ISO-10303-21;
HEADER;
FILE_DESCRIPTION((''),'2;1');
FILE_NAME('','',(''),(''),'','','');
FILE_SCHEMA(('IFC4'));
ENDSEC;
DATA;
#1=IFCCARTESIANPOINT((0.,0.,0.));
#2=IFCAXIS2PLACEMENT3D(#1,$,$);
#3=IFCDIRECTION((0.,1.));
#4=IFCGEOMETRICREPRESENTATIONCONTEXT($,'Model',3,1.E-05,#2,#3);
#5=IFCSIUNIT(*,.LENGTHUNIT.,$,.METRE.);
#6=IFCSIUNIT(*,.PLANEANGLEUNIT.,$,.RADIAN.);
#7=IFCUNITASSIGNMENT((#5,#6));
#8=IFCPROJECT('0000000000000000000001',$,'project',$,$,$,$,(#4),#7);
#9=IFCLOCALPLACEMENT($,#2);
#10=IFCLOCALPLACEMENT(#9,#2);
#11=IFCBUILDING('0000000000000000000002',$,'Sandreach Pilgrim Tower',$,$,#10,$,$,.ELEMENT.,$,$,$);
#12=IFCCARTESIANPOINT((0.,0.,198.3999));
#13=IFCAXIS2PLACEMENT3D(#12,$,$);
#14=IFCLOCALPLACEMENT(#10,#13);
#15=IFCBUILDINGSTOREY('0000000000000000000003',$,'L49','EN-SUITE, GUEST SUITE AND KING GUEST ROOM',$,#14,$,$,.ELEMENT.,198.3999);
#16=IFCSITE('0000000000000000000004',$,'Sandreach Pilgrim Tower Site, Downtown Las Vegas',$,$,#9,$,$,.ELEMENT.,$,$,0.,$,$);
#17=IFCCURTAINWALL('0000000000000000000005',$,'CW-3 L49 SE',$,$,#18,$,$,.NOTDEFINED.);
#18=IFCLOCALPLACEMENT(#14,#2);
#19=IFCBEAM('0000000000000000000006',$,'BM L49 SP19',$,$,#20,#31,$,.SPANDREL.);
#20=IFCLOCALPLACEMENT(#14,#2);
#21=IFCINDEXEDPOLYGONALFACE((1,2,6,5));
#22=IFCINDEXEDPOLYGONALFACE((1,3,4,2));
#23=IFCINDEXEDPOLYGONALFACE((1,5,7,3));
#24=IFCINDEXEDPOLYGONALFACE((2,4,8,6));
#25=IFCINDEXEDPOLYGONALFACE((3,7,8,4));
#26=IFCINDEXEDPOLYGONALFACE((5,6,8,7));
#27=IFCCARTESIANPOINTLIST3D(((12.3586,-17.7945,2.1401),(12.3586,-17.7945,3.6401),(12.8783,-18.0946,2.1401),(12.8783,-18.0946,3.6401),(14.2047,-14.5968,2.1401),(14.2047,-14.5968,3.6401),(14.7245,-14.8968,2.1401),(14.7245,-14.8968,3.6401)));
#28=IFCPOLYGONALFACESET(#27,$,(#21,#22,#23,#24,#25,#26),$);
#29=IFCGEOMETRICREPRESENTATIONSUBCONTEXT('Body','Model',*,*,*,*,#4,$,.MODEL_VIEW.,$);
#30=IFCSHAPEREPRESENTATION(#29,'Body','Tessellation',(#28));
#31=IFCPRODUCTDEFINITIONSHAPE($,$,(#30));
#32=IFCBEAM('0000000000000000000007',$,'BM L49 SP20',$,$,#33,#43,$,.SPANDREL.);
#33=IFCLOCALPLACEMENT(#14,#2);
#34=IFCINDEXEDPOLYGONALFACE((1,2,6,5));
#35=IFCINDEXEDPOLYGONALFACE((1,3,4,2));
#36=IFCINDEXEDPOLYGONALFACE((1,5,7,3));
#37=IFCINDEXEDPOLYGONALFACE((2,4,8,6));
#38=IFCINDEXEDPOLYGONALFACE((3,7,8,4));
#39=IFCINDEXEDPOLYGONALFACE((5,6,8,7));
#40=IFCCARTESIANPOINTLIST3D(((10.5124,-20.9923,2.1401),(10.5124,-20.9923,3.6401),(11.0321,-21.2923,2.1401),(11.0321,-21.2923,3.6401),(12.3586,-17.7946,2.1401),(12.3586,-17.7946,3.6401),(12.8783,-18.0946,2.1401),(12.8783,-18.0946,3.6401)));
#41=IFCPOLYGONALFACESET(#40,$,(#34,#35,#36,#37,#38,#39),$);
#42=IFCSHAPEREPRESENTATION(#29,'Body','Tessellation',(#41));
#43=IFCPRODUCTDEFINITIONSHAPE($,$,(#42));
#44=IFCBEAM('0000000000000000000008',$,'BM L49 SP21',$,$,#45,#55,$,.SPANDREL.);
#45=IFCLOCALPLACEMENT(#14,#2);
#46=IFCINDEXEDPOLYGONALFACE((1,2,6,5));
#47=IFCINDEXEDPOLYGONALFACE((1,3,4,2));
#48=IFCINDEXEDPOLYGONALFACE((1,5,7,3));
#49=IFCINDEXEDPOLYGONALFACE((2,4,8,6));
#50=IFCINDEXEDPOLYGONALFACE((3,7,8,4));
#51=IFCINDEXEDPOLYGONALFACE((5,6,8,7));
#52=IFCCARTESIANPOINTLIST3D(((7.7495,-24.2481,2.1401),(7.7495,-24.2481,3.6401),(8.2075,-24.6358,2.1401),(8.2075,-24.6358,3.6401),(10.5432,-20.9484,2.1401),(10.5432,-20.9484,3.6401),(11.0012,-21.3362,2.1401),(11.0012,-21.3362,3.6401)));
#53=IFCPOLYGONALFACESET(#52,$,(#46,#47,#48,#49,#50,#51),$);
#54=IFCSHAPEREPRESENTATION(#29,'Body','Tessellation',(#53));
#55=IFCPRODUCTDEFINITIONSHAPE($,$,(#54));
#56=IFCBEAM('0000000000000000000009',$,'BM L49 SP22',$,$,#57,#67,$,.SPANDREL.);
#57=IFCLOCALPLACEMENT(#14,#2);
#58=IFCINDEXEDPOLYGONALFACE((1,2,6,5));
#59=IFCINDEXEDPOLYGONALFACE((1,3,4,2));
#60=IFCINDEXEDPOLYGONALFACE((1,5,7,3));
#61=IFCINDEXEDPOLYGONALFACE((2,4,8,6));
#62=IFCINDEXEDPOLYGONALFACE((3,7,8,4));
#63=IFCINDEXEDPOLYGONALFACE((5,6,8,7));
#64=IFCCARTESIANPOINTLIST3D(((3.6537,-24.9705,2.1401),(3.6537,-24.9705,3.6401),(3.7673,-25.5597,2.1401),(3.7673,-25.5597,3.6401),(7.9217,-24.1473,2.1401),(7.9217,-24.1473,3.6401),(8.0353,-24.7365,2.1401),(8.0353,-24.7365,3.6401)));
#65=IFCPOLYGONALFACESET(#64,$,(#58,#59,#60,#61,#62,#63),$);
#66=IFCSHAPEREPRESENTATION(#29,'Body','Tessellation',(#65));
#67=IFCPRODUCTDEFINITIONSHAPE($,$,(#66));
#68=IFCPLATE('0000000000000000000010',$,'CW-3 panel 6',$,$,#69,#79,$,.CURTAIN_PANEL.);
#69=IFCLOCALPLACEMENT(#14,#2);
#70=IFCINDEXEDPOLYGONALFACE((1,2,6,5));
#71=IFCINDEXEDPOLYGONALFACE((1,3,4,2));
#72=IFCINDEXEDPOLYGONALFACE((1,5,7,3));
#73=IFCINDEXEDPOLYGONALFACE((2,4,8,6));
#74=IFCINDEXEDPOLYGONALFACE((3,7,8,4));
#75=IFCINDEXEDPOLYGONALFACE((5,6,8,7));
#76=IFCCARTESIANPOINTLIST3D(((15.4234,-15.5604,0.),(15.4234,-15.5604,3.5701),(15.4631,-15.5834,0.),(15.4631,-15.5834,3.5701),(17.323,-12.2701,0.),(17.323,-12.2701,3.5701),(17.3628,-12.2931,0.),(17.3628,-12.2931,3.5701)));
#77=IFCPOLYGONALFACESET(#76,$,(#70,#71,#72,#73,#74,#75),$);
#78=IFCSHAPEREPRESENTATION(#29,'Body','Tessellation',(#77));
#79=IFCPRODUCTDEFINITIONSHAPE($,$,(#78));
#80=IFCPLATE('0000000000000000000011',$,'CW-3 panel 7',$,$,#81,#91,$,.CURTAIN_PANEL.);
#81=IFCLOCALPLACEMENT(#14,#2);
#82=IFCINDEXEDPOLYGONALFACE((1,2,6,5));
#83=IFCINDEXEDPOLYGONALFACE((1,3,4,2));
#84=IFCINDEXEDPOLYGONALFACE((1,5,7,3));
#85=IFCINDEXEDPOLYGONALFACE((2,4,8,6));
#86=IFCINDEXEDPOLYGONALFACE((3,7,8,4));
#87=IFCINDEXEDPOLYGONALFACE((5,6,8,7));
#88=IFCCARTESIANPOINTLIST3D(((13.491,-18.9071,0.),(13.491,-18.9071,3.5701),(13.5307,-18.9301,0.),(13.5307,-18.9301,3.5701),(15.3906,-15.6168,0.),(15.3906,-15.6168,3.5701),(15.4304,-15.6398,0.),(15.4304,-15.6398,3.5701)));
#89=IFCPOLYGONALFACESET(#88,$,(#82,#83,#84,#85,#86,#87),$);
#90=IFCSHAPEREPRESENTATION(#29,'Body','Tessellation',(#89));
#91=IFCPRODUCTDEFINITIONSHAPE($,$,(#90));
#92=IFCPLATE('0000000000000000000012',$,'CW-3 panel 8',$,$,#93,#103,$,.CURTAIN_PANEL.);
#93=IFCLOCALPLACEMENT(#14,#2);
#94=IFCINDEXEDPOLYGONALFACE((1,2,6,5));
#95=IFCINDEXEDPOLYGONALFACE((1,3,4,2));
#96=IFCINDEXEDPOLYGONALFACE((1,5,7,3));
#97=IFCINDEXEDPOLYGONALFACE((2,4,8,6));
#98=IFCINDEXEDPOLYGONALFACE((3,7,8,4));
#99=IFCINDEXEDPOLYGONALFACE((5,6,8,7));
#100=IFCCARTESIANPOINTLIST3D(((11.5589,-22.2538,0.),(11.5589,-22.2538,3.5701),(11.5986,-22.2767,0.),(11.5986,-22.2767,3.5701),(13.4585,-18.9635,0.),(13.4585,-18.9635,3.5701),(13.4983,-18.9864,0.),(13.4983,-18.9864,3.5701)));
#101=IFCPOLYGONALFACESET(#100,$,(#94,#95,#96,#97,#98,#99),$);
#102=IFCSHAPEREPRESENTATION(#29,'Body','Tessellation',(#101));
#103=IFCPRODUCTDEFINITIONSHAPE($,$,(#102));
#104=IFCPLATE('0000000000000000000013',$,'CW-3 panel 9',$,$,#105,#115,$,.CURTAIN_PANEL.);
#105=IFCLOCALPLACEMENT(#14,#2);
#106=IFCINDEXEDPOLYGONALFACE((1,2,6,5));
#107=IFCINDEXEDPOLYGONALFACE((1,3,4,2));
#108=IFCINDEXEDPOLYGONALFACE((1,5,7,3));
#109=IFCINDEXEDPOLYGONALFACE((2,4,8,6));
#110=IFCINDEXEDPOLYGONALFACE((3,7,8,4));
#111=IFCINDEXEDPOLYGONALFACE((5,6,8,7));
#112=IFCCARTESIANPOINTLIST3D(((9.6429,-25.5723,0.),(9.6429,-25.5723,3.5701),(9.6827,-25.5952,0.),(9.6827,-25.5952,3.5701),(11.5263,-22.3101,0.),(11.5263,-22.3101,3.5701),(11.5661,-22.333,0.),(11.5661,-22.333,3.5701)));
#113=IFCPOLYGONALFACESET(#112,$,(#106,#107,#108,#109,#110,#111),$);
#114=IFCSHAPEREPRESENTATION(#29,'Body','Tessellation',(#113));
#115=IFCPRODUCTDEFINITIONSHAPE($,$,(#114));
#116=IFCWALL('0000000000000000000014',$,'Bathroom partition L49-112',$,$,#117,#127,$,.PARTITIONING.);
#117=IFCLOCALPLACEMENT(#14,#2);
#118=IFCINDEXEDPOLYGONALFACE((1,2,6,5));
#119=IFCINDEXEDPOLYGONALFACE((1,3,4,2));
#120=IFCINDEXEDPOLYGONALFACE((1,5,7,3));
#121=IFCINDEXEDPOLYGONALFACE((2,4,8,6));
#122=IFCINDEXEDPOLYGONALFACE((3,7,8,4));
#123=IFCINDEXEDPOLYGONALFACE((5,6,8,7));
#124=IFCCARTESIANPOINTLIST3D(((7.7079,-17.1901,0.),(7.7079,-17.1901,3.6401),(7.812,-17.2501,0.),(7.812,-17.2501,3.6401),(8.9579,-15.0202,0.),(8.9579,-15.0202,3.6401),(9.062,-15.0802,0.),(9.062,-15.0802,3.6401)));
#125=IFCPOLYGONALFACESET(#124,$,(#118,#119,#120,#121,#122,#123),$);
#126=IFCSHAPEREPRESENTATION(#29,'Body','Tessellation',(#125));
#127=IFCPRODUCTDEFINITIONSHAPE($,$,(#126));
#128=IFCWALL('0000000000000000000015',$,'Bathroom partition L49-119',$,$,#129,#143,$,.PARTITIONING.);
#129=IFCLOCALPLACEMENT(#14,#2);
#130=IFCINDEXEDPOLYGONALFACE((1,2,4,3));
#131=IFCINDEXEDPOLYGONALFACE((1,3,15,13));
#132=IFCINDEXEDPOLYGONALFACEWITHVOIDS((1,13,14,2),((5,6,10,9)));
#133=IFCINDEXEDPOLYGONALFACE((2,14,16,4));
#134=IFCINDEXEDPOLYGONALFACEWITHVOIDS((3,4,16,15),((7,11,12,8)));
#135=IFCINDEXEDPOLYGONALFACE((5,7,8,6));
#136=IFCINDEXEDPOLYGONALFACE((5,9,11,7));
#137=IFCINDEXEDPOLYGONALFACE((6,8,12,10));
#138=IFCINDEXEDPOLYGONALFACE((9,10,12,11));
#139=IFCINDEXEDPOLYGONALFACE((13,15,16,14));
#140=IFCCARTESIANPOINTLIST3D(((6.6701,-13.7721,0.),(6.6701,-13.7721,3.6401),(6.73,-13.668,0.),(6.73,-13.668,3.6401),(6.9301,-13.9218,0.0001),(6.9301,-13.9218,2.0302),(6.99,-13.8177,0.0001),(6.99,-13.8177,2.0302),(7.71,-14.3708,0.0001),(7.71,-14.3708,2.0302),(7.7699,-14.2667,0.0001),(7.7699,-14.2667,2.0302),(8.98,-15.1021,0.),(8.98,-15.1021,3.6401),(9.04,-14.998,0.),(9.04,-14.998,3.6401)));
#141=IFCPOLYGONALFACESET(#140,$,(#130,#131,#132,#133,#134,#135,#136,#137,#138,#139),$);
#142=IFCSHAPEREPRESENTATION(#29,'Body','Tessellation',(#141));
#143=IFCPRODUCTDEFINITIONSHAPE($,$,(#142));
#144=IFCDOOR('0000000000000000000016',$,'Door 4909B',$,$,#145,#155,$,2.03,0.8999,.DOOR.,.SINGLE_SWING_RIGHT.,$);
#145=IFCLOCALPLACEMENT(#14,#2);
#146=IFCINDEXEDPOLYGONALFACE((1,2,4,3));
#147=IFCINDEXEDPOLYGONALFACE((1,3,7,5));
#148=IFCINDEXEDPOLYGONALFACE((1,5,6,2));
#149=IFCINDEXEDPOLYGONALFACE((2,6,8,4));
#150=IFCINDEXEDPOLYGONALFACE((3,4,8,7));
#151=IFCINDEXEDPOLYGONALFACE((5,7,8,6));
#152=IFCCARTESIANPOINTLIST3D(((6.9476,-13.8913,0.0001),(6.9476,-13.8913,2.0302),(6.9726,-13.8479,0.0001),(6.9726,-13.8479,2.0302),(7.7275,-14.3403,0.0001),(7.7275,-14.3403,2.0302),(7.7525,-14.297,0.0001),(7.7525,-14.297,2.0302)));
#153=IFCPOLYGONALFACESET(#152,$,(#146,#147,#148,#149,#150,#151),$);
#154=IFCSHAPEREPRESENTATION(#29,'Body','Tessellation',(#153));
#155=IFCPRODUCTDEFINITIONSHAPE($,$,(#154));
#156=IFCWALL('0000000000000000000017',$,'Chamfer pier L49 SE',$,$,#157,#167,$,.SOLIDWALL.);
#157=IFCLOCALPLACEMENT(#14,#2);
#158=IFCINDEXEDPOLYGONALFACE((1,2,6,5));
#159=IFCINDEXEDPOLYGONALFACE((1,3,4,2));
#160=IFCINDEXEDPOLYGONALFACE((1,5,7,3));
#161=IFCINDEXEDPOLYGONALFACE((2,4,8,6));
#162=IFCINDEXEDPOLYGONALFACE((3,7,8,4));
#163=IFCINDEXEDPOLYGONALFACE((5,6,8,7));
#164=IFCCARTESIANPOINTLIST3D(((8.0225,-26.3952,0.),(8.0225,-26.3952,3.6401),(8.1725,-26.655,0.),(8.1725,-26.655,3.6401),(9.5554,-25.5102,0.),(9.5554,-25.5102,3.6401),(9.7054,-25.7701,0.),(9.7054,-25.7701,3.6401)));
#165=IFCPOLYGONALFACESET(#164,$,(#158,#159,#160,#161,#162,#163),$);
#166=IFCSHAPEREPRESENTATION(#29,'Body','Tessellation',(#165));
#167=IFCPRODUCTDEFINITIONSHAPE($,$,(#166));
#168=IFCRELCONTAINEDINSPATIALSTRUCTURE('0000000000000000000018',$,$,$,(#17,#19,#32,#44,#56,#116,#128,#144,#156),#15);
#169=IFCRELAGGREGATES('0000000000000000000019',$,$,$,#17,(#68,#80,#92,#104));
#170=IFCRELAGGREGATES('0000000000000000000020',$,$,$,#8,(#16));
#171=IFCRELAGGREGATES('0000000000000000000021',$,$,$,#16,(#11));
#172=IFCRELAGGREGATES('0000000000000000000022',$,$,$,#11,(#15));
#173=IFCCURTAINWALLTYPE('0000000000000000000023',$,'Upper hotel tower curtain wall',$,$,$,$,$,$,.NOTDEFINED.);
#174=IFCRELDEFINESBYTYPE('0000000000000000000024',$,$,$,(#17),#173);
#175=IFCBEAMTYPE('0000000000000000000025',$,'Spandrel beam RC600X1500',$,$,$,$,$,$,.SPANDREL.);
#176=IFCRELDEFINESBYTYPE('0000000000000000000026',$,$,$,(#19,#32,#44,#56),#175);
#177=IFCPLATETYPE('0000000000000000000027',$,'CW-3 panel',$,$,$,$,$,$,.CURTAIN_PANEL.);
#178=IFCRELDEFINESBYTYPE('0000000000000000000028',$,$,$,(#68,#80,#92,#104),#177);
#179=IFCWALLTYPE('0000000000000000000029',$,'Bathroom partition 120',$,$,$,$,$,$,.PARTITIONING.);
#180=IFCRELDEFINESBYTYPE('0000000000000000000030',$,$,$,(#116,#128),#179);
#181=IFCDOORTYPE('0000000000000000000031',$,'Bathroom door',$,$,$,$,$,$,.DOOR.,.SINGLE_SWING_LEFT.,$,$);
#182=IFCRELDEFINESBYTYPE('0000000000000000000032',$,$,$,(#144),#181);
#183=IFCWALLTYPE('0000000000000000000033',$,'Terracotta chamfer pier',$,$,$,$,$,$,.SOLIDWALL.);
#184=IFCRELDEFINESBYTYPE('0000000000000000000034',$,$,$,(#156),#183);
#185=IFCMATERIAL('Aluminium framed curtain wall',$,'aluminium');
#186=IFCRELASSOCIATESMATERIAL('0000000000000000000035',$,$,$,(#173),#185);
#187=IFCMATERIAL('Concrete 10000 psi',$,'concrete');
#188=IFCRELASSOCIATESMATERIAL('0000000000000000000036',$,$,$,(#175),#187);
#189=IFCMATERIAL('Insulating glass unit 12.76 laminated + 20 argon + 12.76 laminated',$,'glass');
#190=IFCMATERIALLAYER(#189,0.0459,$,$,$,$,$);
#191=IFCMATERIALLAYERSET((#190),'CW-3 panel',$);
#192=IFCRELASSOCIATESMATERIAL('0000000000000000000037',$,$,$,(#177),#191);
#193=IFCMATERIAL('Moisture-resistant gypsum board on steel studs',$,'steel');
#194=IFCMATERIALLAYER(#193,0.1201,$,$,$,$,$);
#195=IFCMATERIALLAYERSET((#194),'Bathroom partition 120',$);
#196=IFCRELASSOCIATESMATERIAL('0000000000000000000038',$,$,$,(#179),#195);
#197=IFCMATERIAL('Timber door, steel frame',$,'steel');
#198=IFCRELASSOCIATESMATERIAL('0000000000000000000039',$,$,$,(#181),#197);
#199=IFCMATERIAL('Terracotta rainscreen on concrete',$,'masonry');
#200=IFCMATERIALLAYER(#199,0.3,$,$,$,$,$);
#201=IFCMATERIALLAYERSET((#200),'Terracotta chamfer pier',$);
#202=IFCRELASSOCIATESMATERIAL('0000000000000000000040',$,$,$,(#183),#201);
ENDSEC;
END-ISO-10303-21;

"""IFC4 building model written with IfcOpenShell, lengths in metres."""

from ifc_helpers import new_model, si_unit, direction, frame, frame_2d, origin, origin_2d, place, context, subcontext, project, spatial, rectangle, extrude, material, layer, layer_set, material_profile, profile_set, type_object, element, fill, aggregate, save


model = new_model("IFC4")

# Units and contexts
model_context = context("Model", 3, precision=1e-05, world=origin(), true_north=direction((0.0, 1.0)))
body_context = subcontext(model_context, "Body", "Model", "MODEL_VIEW")
ifc_project = project(units=[si_unit("LENGTHUNIT", "METRE"), si_unit("PLANEANGLEUNIT", "RADIAN")], contexts=[model_context])

# Site, building, storey
site_placement = place(None, origin())
site = spatial("IfcSite", under=ifc_project, at=site_placement, Name="Sandreach Pilgrim Tower Site, Downtown Las Vegas", CompositionType="ELEMENT", RefElevation=0.0)
building_placement = place(site_placement, origin())
building = spatial("IfcBuilding", under=site, at=building_placement, Name="Sandreach Pilgrim Tower", CompositionType="ELEMENT")
storey_placement = place(building_placement, frame((0.0, 0.0, 198.3999)))
storey = spatial("IfcBuildingStorey", under=building, at=storey_placement, Name="L49", Description="EN-SUITE, GUEST SUITE AND KING GUEST ROOM", CompositionType="ELEMENT", Elevation=198.3999)

# Curtain wall
ifc_material_1 = material(Name="Aluminium framed curtain wall", Category="aluminium")
curtain_wall_type = type_object("IfcCurtainWallType", Name="Upper hotel tower curtain wall", PredefinedType="NOTDEFINED", material=ifc_material_1)
curtain_wall_1_placement = place(storey_placement, origin())
curtain_wall_1 = element("IfcCurtainWall", 1, at=curtain_wall_1_placement, inside=storey, type_object=curtain_wall_type, Name="CW-3 L49 SE", PredefinedType="NOTDEFINED")

# Beams
ifc_material_2 = material(Name="Concrete 10000 psi", Category="concrete")
ifc_material_profile_1 = material_profile(ifc_material_2, rectangle(XDim=0.6001, YDim=1.5, at=origin_2d()), Name="RC600X1500")
ifc_profile_set_1 = profile_set([ifc_material_profile_1], Name="Concrete 10000 psi")
beam_type_1 = type_object("IfcBeamType", Name="Spandrel beam RC600X1500", PredefinedType="SPANDREL", material=ifc_profile_set_1)
for number, where, z_axis, x_axis, name in (
    (2, (14.4646, -14.7468, 2.8901), (-0.499993, -0.866029, 0.0), (0.866029, -0.499993, 0.0), "BM L49 SP19"),
    (3, (12.6184, -17.9446, 2.8901), (-0.499993, -0.866029, 0.0), (0.866029, -0.499993, 0.0), "BM L49 SP20"),
):
    element("IfcBeam", number, at=place(storey_placement, frame(where, z_axis=z_axis, x_axis=x_axis)), inside=storey, type_object=beam_type_1, Name=name, PredefinedType="SPANDREL", context=body_context, shape_type="SweptSolid", body=[
        extrude(rectangle(XDim=0.6001, YDim=1.5, at=origin_2d()), origin(), (0.0, 0.0, 1.0), 3.6924),
    ])
beam_1_placement = place(storey_placement, frame((10.7722, -21.1423, 2.8901), z_axis=(-0.64618, -0.763185, 0.0), x_axis=(0.763185, -0.64618, 0.0)))
element("IfcBeam", 4, at=beam_1_placement, inside=storey, type_object=beam_type_1, Name="BM L49 SP21", PredefinedType="SPANDREL", context=body_context, shape_type="SweptSolid", body=[
    extrude(rectangle(XDim=0.6001, YDim=1.5, at=origin_2d()), origin(), (0.0, 0.0, 1.0), 4.3235),
])
beam_2_placement = place(storey_placement, frame((7.9785, -24.4419, 2.8901), z_axis=(-0.981901, -0.189393, 0.0), x_axis=(0.189393, -0.981901, 0.0)))
element("IfcBeam", 5, at=beam_2_placement, inside=storey, type_object=beam_type_1, Name="BM L49 SP22", PredefinedType="SPANDREL", context=body_context, shape_type="SweptSolid", body=[
    extrude(rectangle(XDim=0.6001, YDim=1.5, at=origin_2d()), origin(), (0.0, 0.0, 1.0), 4.3467),
])

# Plates
ifc_material_3 = material(Name="Insulating glass unit 12.76 laminated + 20 argon + 12.76 laminated", Category="glass")
ifc_layer_1 = layer(ifc_material_3, 0.0459)
ifc_layer_set_1 = layer_set([ifc_layer_1], Name="CW-3 panel")
plate_type = type_object("IfcPlateType", Name="CW-3 panel", PredefinedType="CURTAIN_PANEL", material=ifc_layer_set_1)
plate_1_placement = place(storey_placement, frame((16.3931, -13.9268, 0.0), z_axis=(0.0, 0.0, 1.0), x_axis=(-0.5, -0.866025, 0.0)))
plate_1 = element("IfcPlate", 6, at=plate_1_placement, type_object=plate_type, Name="CW-3 panel 6", PredefinedType="CURTAIN_PANEL", context=body_context, shape_type="SweptSolid", body=[
    extrude(rectangle(XDim=3.7993, YDim=0.0459, at=origin_2d()), origin(), (0.0, 0.0, 1.0), 3.5701),
])
plate_2_placement = place(storey_placement, frame((14.4607, -17.2734, 0.0), z_axis=(0.0, 0.0, 1.0), x_axis=(-0.5, -0.866025, 0.0)))
plate_2 = element("IfcPlate", 7, at=plate_2_placement, type_object=plate_type, Name="CW-3 panel 7", PredefinedType="CURTAIN_PANEL", context=body_context, shape_type="SweptSolid", body=[
    extrude(rectangle(XDim=3.7993, YDim=0.0459, at=origin_2d()), origin(), (0.0, 0.0, 1.0), 3.5701),
])
plate_3_placement = place(storey_placement, frame((12.5286, -20.6201, 0.0), z_axis=(0.0, 0.0, 1.0), x_axis=(-0.5, -0.866025, 0.0)))
plate_3 = element("IfcPlate", 8, at=plate_3_placement, type_object=plate_type, Name="CW-3 panel 8", PredefinedType="CURTAIN_PANEL", context=body_context, shape_type="SweptSolid", body=[
    extrude(rectangle(XDim=3.7993, YDim=0.0459, at=origin_2d()), origin(), (0.0, 0.0, 1.0), 3.5701),
])
plate_4_placement = place(storey_placement, frame((10.6045, -23.9526, 0.0), z_axis=(0.0, 0.0, 1.0), x_axis=(-0.5, -0.866025, 0.0)))
plate_4 = element("IfcPlate", 9, at=plate_4_placement, type_object=plate_type, Name="CW-3 panel 9", PredefinedType="CURTAIN_PANEL", context=body_context, shape_type="SweptSolid", body=[
    extrude(rectangle(XDim=3.7668, YDim=0.0459, at=origin_2d()), origin(), (0.0, 0.0, 1.0), 3.5701),
])
aggregate(curtain_wall_1, [plate_1, plate_2, plate_3, plate_4])

# Wall
ifc_material_4 = material(Name="Moisture-resistant gypsum board on steel studs", Category="steel")
ifc_layer_2 = layer(ifc_material_4, 0.1201)
ifc_layer_set_2 = layer_set([ifc_layer_2], Name="Bathroom partition 120")
wall_type_1 = type_object("IfcWallType", Name="Bathroom partition 120", PredefinedType="PARTITIONING", material=ifc_layer_set_2)
wall_1_placement = place(storey_placement, frame((7.76, -17.22, 0.0), z_axis=(0.0, 0.0, 1.0), x_axis=(0.49916, 0.86651, 0.0)))
element("IfcWall", 10, at=wall_1_placement, inside=storey, type_object=wall_type_1, Name="Bathroom partition L49-112", PredefinedType="PARTITIONING", context=body_context, shape_type="SweptSolid", body=[
    extrude(rectangle(XDim=2.5042, YDim=0.1201, at=frame_2d((1.252, 0.0))), origin(), (0.0, 0.0, 1.0), 3.6401),
])

# Wall, opening, door
wall_2_placement = place(storey_placement, frame((9.01, -15.05, 0.0), z_axis=(0.0, 0.0, 1.0), x_axis=(-0.866615, 0.498977, 0.0)))
wall_2 = element("IfcWall", 11, at=wall_2_placement, inside=storey, type_object=wall_type_1, Name="Bathroom partition L49-119", PredefinedType="PARTITIONING", context=body_context, shape_type="SweptSolid", body=[
    extrude(rectangle(XDim=2.6655, YDim=0.1201, at=frame_2d((1.3328, 0.0))), origin(), (0.0, 0.0, 1.0), 3.6401),
])
opening_placement = place(wall_2_placement, frame((1.4656, 0.0, 0.0)))
opening = element("IfcOpeningElement", 12, at=opening_placement, cuts=wall_2, PredefinedType="OPENING", context=body_context, shape_type="SweptSolid", body=[
    extrude(rectangle(XDim=0.8999, YDim=2.03, at=frame_2d((0.45, 1.0151))), frame((0.0, 0.0601, 0.0), z_axis=(0.0, -1.0, 0.0), x_axis=(1.0, 0.0, 0.0)), (0.0, 0.0, 1.0), 0.1201),
])
ifc_material_5 = material(Name="Timber door, steel frame", Category="steel")
door_type = type_object("IfcDoorType", Name="Bathroom door", OperationType="SINGLE_SWING_LEFT", PredefinedType="DOOR", material=ifc_material_5)
door_placement = place(opening_placement, origin())
door = element("IfcDoor", 13, at=door_placement, inside=storey, type_object=door_type, Name="Door 4909B", OperationType="SINGLE_SWING_RIGHT", OverallHeight=2.03, OverallWidth=0.8999, PredefinedType="DOOR", context=body_context, shape_type="SweptSolid", body=[
    extrude(rectangle(XDim=0.8999, YDim=2.03, at=frame_2d((0.45, 1.0151))), frame((0.0, 0.0249, 0.0), z_axis=(0.0, -1.0, 0.0), x_axis=(1.0, 0.0, 0.0)), (0.0, 0.0, 1.0), 0.05),
])
fill(opening, door)

# Wall
ifc_material_6 = material(Name="Terracotta rainscreen on concrete", Category="masonry")
ifc_layer_3 = layer(ifc_material_6, 0.3)
ifc_layer_set_3 = layer_set([ifc_layer_3], Name="Terracotta chamfer pier")
wall_type_2 = type_object("IfcWallType", Name="Terracotta chamfer pier", PredefinedType="SOLIDWALL", material=ifc_layer_set_3)
wall_3_placement = place(storey_placement, frame((9.6304, -25.6401, 0.0), z_axis=(0.0, 0.0, 1.0), x_axis=(-0.866036, -0.499981, 0.0)))
element("IfcWall", 14, at=wall_3_placement, inside=storey, type_object=wall_type_2, Name="Chamfer pier L49 SE", PredefinedType="SOLIDWALL", context=body_context, shape_type="SweptSolid", body=[
    extrude(rectangle(XDim=1.77, YDim=0.3, at=frame_2d((0.885, 0.0))), origin(), (0.0, 0.0, 1.0), 3.6401),
])

save(model, "model.ifc")
